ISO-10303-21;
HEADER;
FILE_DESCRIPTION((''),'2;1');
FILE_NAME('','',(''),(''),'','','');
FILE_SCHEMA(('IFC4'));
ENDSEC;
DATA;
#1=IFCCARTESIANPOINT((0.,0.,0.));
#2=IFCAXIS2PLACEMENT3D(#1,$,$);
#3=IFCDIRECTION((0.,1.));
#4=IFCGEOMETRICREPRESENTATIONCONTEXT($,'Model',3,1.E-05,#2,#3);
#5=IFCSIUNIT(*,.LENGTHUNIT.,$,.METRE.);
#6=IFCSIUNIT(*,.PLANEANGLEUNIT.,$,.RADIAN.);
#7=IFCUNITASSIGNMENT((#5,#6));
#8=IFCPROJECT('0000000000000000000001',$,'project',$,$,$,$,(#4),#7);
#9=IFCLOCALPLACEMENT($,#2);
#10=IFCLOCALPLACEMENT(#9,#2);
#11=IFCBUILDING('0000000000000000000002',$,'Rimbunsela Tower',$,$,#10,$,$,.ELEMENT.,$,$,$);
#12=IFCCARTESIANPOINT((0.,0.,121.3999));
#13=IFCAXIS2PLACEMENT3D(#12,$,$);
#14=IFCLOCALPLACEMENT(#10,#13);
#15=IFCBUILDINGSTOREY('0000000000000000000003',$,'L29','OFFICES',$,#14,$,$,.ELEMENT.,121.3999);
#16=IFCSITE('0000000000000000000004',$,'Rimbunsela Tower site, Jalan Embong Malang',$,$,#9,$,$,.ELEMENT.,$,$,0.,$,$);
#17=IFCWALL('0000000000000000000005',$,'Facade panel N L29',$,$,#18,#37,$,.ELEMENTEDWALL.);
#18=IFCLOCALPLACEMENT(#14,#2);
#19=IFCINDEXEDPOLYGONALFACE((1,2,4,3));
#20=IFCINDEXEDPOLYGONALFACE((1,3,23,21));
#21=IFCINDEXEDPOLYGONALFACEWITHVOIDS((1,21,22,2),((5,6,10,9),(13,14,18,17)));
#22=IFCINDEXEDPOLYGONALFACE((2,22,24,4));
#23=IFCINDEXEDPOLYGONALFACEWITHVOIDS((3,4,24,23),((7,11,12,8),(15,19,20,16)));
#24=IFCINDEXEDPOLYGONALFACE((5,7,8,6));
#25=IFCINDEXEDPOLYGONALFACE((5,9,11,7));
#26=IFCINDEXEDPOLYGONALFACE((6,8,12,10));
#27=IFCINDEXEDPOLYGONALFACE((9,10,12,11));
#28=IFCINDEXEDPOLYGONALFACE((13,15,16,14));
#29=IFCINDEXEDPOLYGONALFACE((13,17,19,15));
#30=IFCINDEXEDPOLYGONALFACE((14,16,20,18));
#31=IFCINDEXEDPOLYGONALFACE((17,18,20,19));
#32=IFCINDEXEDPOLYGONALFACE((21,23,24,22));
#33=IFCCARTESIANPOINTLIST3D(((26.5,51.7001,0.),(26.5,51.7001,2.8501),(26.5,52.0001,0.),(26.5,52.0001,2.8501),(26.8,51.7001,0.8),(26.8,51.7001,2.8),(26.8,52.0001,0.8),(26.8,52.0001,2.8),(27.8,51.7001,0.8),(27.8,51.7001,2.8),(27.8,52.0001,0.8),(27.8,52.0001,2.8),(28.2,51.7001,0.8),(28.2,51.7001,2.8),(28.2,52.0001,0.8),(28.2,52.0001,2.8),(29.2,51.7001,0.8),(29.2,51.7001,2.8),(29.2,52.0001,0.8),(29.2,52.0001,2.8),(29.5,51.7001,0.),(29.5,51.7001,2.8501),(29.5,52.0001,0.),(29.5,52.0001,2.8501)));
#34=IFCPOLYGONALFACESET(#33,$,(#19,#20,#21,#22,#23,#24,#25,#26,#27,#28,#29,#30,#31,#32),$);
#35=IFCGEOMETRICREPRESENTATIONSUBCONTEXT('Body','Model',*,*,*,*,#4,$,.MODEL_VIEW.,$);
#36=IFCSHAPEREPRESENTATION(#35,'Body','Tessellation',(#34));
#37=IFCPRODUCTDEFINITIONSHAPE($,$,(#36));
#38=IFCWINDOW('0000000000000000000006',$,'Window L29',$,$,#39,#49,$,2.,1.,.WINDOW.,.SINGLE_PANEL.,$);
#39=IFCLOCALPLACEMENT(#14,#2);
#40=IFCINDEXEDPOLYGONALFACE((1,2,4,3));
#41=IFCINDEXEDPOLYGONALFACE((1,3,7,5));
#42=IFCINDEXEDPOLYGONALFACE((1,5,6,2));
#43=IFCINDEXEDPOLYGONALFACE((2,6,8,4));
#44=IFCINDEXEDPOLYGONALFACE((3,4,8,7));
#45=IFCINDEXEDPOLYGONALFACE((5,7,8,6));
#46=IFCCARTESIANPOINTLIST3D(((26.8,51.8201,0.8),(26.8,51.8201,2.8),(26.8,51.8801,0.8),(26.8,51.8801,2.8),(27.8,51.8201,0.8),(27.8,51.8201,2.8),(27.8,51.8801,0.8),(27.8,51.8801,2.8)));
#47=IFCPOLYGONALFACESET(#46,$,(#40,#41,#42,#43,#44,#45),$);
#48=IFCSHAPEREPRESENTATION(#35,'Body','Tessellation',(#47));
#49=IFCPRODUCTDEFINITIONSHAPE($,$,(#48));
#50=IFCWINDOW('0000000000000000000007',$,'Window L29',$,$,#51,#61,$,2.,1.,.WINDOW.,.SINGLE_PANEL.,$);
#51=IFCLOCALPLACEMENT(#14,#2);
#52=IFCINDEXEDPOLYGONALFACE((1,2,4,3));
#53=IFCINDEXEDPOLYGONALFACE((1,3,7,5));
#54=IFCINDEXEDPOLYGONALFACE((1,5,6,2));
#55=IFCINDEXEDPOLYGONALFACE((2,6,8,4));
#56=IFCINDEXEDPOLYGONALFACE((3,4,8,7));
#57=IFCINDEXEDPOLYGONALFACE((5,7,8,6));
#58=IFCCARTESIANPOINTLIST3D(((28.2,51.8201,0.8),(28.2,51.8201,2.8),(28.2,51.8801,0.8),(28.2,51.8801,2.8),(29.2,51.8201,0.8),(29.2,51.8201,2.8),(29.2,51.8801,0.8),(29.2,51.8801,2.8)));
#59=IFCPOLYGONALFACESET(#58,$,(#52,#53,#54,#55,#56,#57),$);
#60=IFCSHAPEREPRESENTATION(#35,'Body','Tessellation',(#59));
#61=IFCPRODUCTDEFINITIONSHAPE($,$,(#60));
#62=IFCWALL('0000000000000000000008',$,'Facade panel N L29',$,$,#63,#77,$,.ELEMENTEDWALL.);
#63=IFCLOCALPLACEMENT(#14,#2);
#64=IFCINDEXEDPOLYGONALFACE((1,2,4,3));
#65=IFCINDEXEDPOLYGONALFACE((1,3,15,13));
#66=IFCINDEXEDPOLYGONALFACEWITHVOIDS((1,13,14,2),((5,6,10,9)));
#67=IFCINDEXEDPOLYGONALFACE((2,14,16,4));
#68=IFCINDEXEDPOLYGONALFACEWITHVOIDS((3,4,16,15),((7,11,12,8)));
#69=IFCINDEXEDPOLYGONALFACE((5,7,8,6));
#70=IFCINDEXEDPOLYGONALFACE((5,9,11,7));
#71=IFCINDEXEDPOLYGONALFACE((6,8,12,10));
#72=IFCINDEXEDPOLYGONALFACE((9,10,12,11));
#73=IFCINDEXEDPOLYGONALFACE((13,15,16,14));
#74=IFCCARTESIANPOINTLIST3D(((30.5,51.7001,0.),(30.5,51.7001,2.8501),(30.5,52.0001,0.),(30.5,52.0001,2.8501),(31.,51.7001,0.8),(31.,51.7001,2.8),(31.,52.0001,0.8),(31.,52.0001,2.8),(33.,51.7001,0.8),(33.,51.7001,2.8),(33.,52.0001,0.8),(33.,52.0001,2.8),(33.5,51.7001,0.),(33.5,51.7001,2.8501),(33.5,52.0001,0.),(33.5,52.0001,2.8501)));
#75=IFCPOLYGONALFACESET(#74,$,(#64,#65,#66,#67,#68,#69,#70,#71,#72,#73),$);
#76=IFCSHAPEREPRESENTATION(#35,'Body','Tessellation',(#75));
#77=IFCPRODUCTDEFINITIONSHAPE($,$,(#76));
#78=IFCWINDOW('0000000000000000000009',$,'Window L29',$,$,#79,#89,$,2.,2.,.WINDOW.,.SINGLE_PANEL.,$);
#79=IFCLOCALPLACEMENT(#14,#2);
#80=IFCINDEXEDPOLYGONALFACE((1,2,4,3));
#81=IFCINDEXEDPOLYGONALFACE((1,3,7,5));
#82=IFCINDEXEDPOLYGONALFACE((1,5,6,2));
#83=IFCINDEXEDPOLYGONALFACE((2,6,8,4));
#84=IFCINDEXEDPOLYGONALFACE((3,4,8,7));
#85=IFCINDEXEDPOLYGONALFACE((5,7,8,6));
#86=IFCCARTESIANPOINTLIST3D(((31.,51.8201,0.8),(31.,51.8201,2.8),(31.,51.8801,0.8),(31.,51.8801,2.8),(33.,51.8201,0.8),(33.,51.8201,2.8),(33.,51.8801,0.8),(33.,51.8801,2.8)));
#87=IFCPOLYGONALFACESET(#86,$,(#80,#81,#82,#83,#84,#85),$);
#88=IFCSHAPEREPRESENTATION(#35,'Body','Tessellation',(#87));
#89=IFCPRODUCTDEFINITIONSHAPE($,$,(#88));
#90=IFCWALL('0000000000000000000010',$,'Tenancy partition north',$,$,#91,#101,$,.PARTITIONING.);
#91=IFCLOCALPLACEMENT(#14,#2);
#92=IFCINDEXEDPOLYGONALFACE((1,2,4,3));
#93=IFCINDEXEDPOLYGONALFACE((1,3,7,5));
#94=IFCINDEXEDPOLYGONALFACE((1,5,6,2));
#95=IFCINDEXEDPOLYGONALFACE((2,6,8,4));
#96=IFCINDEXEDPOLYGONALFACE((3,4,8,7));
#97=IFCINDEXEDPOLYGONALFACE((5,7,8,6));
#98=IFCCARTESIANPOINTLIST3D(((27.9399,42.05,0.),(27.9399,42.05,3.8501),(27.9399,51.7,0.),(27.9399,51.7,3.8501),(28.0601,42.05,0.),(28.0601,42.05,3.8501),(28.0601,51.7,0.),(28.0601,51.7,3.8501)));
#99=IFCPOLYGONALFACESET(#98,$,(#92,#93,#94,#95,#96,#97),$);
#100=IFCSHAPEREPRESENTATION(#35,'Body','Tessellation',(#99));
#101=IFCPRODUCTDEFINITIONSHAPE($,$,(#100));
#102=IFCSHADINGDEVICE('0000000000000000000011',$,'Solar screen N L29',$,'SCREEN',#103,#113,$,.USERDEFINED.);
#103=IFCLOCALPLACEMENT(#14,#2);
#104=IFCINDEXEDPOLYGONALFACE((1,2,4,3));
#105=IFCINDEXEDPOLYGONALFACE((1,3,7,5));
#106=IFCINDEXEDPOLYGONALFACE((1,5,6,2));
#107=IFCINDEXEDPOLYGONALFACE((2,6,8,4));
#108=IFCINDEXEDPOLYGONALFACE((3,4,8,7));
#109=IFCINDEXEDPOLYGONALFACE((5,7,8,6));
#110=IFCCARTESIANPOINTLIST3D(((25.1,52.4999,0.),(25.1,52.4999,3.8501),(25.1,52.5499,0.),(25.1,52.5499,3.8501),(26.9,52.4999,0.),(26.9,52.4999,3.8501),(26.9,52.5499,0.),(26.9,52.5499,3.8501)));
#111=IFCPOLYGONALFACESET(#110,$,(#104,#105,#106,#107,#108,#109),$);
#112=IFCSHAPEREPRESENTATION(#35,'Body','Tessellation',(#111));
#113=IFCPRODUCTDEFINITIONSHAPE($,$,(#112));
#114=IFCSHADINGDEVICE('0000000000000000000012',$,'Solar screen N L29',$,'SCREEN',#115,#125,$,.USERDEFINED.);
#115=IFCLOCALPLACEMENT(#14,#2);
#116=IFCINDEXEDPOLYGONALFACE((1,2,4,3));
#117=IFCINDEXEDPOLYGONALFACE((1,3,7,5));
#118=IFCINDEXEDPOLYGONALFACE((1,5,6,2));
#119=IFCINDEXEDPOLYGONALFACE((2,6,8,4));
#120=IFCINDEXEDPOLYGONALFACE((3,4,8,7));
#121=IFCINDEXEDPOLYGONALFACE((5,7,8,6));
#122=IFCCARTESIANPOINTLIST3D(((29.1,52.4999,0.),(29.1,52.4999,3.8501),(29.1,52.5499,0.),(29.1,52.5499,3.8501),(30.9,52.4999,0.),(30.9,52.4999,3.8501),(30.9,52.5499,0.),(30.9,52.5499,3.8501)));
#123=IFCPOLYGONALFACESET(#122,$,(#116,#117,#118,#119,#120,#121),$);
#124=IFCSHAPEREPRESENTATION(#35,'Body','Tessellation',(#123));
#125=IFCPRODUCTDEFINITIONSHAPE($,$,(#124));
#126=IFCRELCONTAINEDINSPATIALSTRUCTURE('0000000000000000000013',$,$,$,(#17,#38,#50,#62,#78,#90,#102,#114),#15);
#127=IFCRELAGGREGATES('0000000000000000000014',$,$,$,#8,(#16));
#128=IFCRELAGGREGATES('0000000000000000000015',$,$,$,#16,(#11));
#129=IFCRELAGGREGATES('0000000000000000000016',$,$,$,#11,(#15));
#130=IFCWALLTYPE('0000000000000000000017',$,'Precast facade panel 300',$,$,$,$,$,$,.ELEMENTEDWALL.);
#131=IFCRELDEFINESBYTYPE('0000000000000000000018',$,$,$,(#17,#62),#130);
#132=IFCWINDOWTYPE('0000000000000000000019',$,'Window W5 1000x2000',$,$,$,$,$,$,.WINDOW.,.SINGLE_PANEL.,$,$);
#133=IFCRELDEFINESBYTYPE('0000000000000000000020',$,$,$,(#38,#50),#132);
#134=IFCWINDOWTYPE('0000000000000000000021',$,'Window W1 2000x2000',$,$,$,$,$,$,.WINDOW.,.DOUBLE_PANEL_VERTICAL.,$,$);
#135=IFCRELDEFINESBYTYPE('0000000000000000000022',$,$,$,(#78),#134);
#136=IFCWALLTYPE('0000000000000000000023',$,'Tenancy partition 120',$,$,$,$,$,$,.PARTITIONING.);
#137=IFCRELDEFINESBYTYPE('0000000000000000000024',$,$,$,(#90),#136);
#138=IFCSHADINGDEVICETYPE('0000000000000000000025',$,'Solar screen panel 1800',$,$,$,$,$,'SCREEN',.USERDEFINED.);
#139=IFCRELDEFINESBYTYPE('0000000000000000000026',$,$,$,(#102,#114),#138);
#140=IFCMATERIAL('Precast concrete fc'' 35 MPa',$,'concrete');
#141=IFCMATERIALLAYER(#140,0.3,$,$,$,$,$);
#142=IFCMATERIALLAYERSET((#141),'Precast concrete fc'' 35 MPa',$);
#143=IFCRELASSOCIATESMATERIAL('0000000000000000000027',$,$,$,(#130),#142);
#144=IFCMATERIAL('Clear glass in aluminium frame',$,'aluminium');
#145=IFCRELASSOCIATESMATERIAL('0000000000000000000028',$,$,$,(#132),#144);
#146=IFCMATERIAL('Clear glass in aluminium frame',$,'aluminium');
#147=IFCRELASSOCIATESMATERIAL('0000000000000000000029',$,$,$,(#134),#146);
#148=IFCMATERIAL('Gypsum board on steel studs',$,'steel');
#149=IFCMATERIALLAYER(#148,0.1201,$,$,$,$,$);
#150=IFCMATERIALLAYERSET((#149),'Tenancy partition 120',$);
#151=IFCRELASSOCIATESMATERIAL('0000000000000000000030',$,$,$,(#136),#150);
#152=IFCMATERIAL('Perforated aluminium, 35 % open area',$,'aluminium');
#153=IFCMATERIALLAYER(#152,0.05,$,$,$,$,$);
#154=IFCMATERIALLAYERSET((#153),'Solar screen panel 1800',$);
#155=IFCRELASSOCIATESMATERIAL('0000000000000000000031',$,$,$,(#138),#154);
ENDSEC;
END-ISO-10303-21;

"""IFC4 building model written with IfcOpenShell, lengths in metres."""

from ifc_helpers import new_model, si_unit, direction, frame, frame_2d, origin, origin_2d, place, context, subcontext, project, spatial, rectangle, extrude, material, layer, layer_set, type_object, element, fill, save


model = new_model("IFC4")

# Units and contexts
model_context = context("Model", 3, precision=1e-05, world=origin(), true_north=direction((0.0, 1.0)))
body_context = subcontext(model_context, "Body", "Model", "MODEL_VIEW")
ifc_project = project(units=[si_unit("LENGTHUNIT", "METRE"), si_unit("PLANEANGLEUNIT", "RADIAN")], contexts=[model_context])

# Site, building, storey
site_placement = place(None, origin())
site = spatial("IfcSite", under=ifc_project, at=site_placement, Name="Rimbunsela Tower site, Jalan Embong Malang", CompositionType="ELEMENT", RefElevation=0.0)
building_placement = place(site_placement, origin())
building = spatial("IfcBuilding", under=site, at=building_placement, Name="Rimbunsela Tower", CompositionType="ELEMENT")
storey_placement = place(building_placement, frame((0.0, 0.0, 121.3999)))
storey = spatial("IfcBuildingStorey", under=building, at=storey_placement, Name="L29", Description="OFFICES", CompositionType="ELEMENT", Elevation=121.3999)

# Wall, openings, windows
ifc_material_1 = material(Name="Precast concrete fc' 35 MPa", Category="concrete")
ifc_layer_1 = layer(ifc_material_1, 0.3)
ifc_layer_set_1 = layer_set([ifc_layer_1], Name="Precast concrete fc' 35 MPa")
wall_type_1 = type_object("IfcWallType", Name="Precast facade panel 300", PredefinedType="ELEMENTEDWALL", material=ifc_layer_set_1)
wall_1_placement = place(storey_placement, frame((29.5, 51.8501, 0.0), z_axis=(0.0, 0.0, 1.0), x_axis=(-1.0, 0.0, 0.0)))
wall_1 = element("IfcWall", 1, at=wall_1_placement, inside=storey, type_object=wall_type_1, Name="Facade panel N L29", PredefinedType="ELEMENTEDWALL", context=body_context, shape_type="SweptSolid", body=[
    extrude(rectangle(XDim=3.0, YDim=0.3, at=frame_2d((1.5, 0.0))), origin(), (0.0, 0.0, 1.0), 2.8501),
])
opening_1_placement = place(wall_1_placement, frame((1.7, 0.0, 0.8)))
opening_1 = element("IfcOpeningElement", 2, at=opening_1_placement, cuts=wall_1, PredefinedType="OPENING", context=body_context, shape_type="SweptSolid", body=[
    extrude(rectangle(XDim=1.0, YDim=2.0, at=frame_2d((0.5, 1.0))), frame((0.0, 0.1599, 0.0), z_axis=(0.0, -1.0, 0.0), x_axis=(1.0, 0.0, 0.0)), (0.0, 0.0, 1.0), 0.3201),
])
opening_2_placement = place(wall_1_placement, frame((0.3, 0.0, 0.8)))
opening_2 = element("IfcOpeningElement", 3, at=opening_2_placement, cuts=wall_1, PredefinedType="OPENING", context=body_context, shape_type="SweptSolid", body=[
    extrude(rectangle(XDim=1.0, YDim=2.0, at=frame_2d((0.5, 1.0))), frame((0.0, 0.1599, 0.0), z_axis=(0.0, -1.0, 0.0), x_axis=(1.0, 0.0, 0.0)), (0.0, 0.0, 1.0), 0.3201),
])
ifc_material_2 = material(Name="Clear glass in aluminium frame", Category="aluminium")
window_type_1 = type_object("IfcWindowType", Name="Window W5 1000x2000", PartitioningType="SINGLE_PANEL", PredefinedType="WINDOW", material=ifc_material_2)
window_1_placement = place(opening_1_placement, origin())
window_1 = element("IfcWindow", 4, at=window_1_placement, inside=storey, type_object=window_type_1, Name="Window L29", OverallHeight=2.0, OverallWidth=1.0, PartitioningType="SINGLE_PANEL", PredefinedType="WINDOW", context=body_context, shape_type="SweptSolid", body=[
    extrude(rectangle(XDim=1.0, YDim=2.0, at=frame_2d((0.5, 1.0))), frame((0.0, 0.03, 0.0), z_axis=(0.0, -1.0, 0.0), x_axis=(1.0, 0.0, 0.0)), (0.0, 0.0, 1.0), 0.0601),
])
fill(opening_1, window_1)
window_2_placement = place(opening_2_placement, origin())
window_2 = element("IfcWindow", 5, at=window_2_placement, inside=storey, type_object=window_type_1, Name="Window L29", OverallHeight=2.0, OverallWidth=1.0, PartitioningType="SINGLE_PANEL", PredefinedType="WINDOW", context=body_context, shape_type="SweptSolid", body=[
    extrude(rectangle(XDim=1.0, YDim=2.0, at=frame_2d((0.5, 1.0))), frame((0.0, 0.03, 0.0), z_axis=(0.0, -1.0, 0.0), x_axis=(1.0, 0.0, 0.0)), (0.0, 0.0, 1.0), 0.0601),
])
fill(opening_2, window_2)

# Wall, opening, window
wall_2_placement = place(storey_placement, frame((33.5, 51.8501, 0.0), z_axis=(0.0, 0.0, 1.0), x_axis=(-1.0, 0.0, 0.0)))
wall_2 = element("IfcWall", 6, at=wall_2_placement, inside=storey, type_object=wall_type_1, Name="Facade panel N L29", PredefinedType="ELEMENTEDWALL", context=body_context, shape_type="SweptSolid", body=[
    extrude(rectangle(XDim=3.0, YDim=0.3, at=frame_2d((1.5, 0.0))), origin(), (0.0, 0.0, 1.0), 2.8501),
])
opening_3_placement = place(wall_2_placement, frame((0.5, 0.0, 0.8)))
opening_3 = element("IfcOpeningElement", 7, at=opening_3_placement, cuts=wall_2, PredefinedType="OPENING", context=body_context, shape_type="SweptSolid", body=[
    extrude(rectangle(XDim=2.0, YDim=2.0, at=frame_2d((1.0, 1.0))), frame((0.0, 0.1599, 0.0), z_axis=(0.0, -1.0, 0.0), x_axis=(1.0, 0.0, 0.0)), (0.0, 0.0, 1.0), 0.3201),
])
ifc_material_3 = material(Name="Clear glass in aluminium frame", Category="aluminium")
window_type_2 = type_object("IfcWindowType", Name="Window W1 2000x2000", PartitioningType="DOUBLE_PANEL_VERTICAL", PredefinedType="WINDOW", material=ifc_material_3)
window_3_placement = place(opening_3_placement, origin())
window_3 = element("IfcWindow", 8, at=window_3_placement, inside=storey, type_object=window_type_2, Name="Window L29", OverallHeight=2.0, OverallWidth=2.0, PartitioningType="SINGLE_PANEL", PredefinedType="WINDOW", context=body_context, shape_type="SweptSolid", body=[
    extrude(rectangle(XDim=2.0, YDim=2.0, at=frame_2d((1.0, 1.0))), frame((0.0, 0.03, 0.0), z_axis=(0.0, -1.0, 0.0), x_axis=(1.0, 0.0, 0.0)), (0.0, 0.0, 1.0), 0.0601),
])
fill(opening_3, window_3)

# Wall
ifc_material_4 = material(Name="Gypsum board on steel studs", Category="steel")
ifc_layer_2 = layer(ifc_material_4, 0.1201)
ifc_layer_set_2 = layer_set([ifc_layer_2], Name="Tenancy partition 120")
wall_type_2 = type_object("IfcWallType", Name="Tenancy partition 120", PredefinedType="PARTITIONING", material=ifc_layer_set_2)
wall_3_placement = place(storey_placement, frame((28.0, 42.05, 0.0), z_axis=(0.0, 0.0, 1.0), x_axis=(0.0, 1.0, 0.0)))
element("IfcWall", 9, at=wall_3_placement, inside=storey, type_object=wall_type_2, Name="Tenancy partition north", PredefinedType="PARTITIONING", context=body_context, shape_type="SweptSolid", body=[
    extrude(rectangle(XDim=9.6499, YDim=0.1201, at=frame_2d((4.825, 0.0))), origin(), (0.0, 0.0, 1.0), 3.8501),
])

# Shading devices
ifc_material_5 = material(Name="Perforated aluminium, 35 % open area", Category="aluminium")
ifc_layer_3 = layer(ifc_material_5, 0.05)
ifc_layer_set_3 = layer_set([ifc_layer_3], Name="Solar screen panel 1800")
shading_device_type = type_object("IfcShadingDeviceType", Name="Solar screen panel 1800", ElementType="SCREEN", PredefinedType="USERDEFINED", material=ifc_layer_set_3)
for number, where, z_axis, x_axis, name in (
    (10, (26.0, 52.5249, 0.0), (0.0, 0.0, 1.0), (1.0, 0.0, 0.0), "Solar screen N L29"),
    (11, (30.0, 52.5249, 0.0), (0.0, 0.0, 1.0), (1.0, 0.0, 0.0), "Solar screen N L29"),
):
    element("IfcShadingDevice", number, at=place(storey_placement, frame(where, z_axis=z_axis, x_axis=x_axis)), inside=storey, type_object=shading_device_type, Name=name, ObjectType="SCREEN", PredefinedType="USERDEFINED", context=body_context, shape_type="SweptSolid", body=[
        extrude(rectangle(XDim=1.8, YDim=0.05, at=origin_2d()), origin(), (0.0, 0.0, 1.0), 3.8501),
    ])

save(model, "model.ifc")
